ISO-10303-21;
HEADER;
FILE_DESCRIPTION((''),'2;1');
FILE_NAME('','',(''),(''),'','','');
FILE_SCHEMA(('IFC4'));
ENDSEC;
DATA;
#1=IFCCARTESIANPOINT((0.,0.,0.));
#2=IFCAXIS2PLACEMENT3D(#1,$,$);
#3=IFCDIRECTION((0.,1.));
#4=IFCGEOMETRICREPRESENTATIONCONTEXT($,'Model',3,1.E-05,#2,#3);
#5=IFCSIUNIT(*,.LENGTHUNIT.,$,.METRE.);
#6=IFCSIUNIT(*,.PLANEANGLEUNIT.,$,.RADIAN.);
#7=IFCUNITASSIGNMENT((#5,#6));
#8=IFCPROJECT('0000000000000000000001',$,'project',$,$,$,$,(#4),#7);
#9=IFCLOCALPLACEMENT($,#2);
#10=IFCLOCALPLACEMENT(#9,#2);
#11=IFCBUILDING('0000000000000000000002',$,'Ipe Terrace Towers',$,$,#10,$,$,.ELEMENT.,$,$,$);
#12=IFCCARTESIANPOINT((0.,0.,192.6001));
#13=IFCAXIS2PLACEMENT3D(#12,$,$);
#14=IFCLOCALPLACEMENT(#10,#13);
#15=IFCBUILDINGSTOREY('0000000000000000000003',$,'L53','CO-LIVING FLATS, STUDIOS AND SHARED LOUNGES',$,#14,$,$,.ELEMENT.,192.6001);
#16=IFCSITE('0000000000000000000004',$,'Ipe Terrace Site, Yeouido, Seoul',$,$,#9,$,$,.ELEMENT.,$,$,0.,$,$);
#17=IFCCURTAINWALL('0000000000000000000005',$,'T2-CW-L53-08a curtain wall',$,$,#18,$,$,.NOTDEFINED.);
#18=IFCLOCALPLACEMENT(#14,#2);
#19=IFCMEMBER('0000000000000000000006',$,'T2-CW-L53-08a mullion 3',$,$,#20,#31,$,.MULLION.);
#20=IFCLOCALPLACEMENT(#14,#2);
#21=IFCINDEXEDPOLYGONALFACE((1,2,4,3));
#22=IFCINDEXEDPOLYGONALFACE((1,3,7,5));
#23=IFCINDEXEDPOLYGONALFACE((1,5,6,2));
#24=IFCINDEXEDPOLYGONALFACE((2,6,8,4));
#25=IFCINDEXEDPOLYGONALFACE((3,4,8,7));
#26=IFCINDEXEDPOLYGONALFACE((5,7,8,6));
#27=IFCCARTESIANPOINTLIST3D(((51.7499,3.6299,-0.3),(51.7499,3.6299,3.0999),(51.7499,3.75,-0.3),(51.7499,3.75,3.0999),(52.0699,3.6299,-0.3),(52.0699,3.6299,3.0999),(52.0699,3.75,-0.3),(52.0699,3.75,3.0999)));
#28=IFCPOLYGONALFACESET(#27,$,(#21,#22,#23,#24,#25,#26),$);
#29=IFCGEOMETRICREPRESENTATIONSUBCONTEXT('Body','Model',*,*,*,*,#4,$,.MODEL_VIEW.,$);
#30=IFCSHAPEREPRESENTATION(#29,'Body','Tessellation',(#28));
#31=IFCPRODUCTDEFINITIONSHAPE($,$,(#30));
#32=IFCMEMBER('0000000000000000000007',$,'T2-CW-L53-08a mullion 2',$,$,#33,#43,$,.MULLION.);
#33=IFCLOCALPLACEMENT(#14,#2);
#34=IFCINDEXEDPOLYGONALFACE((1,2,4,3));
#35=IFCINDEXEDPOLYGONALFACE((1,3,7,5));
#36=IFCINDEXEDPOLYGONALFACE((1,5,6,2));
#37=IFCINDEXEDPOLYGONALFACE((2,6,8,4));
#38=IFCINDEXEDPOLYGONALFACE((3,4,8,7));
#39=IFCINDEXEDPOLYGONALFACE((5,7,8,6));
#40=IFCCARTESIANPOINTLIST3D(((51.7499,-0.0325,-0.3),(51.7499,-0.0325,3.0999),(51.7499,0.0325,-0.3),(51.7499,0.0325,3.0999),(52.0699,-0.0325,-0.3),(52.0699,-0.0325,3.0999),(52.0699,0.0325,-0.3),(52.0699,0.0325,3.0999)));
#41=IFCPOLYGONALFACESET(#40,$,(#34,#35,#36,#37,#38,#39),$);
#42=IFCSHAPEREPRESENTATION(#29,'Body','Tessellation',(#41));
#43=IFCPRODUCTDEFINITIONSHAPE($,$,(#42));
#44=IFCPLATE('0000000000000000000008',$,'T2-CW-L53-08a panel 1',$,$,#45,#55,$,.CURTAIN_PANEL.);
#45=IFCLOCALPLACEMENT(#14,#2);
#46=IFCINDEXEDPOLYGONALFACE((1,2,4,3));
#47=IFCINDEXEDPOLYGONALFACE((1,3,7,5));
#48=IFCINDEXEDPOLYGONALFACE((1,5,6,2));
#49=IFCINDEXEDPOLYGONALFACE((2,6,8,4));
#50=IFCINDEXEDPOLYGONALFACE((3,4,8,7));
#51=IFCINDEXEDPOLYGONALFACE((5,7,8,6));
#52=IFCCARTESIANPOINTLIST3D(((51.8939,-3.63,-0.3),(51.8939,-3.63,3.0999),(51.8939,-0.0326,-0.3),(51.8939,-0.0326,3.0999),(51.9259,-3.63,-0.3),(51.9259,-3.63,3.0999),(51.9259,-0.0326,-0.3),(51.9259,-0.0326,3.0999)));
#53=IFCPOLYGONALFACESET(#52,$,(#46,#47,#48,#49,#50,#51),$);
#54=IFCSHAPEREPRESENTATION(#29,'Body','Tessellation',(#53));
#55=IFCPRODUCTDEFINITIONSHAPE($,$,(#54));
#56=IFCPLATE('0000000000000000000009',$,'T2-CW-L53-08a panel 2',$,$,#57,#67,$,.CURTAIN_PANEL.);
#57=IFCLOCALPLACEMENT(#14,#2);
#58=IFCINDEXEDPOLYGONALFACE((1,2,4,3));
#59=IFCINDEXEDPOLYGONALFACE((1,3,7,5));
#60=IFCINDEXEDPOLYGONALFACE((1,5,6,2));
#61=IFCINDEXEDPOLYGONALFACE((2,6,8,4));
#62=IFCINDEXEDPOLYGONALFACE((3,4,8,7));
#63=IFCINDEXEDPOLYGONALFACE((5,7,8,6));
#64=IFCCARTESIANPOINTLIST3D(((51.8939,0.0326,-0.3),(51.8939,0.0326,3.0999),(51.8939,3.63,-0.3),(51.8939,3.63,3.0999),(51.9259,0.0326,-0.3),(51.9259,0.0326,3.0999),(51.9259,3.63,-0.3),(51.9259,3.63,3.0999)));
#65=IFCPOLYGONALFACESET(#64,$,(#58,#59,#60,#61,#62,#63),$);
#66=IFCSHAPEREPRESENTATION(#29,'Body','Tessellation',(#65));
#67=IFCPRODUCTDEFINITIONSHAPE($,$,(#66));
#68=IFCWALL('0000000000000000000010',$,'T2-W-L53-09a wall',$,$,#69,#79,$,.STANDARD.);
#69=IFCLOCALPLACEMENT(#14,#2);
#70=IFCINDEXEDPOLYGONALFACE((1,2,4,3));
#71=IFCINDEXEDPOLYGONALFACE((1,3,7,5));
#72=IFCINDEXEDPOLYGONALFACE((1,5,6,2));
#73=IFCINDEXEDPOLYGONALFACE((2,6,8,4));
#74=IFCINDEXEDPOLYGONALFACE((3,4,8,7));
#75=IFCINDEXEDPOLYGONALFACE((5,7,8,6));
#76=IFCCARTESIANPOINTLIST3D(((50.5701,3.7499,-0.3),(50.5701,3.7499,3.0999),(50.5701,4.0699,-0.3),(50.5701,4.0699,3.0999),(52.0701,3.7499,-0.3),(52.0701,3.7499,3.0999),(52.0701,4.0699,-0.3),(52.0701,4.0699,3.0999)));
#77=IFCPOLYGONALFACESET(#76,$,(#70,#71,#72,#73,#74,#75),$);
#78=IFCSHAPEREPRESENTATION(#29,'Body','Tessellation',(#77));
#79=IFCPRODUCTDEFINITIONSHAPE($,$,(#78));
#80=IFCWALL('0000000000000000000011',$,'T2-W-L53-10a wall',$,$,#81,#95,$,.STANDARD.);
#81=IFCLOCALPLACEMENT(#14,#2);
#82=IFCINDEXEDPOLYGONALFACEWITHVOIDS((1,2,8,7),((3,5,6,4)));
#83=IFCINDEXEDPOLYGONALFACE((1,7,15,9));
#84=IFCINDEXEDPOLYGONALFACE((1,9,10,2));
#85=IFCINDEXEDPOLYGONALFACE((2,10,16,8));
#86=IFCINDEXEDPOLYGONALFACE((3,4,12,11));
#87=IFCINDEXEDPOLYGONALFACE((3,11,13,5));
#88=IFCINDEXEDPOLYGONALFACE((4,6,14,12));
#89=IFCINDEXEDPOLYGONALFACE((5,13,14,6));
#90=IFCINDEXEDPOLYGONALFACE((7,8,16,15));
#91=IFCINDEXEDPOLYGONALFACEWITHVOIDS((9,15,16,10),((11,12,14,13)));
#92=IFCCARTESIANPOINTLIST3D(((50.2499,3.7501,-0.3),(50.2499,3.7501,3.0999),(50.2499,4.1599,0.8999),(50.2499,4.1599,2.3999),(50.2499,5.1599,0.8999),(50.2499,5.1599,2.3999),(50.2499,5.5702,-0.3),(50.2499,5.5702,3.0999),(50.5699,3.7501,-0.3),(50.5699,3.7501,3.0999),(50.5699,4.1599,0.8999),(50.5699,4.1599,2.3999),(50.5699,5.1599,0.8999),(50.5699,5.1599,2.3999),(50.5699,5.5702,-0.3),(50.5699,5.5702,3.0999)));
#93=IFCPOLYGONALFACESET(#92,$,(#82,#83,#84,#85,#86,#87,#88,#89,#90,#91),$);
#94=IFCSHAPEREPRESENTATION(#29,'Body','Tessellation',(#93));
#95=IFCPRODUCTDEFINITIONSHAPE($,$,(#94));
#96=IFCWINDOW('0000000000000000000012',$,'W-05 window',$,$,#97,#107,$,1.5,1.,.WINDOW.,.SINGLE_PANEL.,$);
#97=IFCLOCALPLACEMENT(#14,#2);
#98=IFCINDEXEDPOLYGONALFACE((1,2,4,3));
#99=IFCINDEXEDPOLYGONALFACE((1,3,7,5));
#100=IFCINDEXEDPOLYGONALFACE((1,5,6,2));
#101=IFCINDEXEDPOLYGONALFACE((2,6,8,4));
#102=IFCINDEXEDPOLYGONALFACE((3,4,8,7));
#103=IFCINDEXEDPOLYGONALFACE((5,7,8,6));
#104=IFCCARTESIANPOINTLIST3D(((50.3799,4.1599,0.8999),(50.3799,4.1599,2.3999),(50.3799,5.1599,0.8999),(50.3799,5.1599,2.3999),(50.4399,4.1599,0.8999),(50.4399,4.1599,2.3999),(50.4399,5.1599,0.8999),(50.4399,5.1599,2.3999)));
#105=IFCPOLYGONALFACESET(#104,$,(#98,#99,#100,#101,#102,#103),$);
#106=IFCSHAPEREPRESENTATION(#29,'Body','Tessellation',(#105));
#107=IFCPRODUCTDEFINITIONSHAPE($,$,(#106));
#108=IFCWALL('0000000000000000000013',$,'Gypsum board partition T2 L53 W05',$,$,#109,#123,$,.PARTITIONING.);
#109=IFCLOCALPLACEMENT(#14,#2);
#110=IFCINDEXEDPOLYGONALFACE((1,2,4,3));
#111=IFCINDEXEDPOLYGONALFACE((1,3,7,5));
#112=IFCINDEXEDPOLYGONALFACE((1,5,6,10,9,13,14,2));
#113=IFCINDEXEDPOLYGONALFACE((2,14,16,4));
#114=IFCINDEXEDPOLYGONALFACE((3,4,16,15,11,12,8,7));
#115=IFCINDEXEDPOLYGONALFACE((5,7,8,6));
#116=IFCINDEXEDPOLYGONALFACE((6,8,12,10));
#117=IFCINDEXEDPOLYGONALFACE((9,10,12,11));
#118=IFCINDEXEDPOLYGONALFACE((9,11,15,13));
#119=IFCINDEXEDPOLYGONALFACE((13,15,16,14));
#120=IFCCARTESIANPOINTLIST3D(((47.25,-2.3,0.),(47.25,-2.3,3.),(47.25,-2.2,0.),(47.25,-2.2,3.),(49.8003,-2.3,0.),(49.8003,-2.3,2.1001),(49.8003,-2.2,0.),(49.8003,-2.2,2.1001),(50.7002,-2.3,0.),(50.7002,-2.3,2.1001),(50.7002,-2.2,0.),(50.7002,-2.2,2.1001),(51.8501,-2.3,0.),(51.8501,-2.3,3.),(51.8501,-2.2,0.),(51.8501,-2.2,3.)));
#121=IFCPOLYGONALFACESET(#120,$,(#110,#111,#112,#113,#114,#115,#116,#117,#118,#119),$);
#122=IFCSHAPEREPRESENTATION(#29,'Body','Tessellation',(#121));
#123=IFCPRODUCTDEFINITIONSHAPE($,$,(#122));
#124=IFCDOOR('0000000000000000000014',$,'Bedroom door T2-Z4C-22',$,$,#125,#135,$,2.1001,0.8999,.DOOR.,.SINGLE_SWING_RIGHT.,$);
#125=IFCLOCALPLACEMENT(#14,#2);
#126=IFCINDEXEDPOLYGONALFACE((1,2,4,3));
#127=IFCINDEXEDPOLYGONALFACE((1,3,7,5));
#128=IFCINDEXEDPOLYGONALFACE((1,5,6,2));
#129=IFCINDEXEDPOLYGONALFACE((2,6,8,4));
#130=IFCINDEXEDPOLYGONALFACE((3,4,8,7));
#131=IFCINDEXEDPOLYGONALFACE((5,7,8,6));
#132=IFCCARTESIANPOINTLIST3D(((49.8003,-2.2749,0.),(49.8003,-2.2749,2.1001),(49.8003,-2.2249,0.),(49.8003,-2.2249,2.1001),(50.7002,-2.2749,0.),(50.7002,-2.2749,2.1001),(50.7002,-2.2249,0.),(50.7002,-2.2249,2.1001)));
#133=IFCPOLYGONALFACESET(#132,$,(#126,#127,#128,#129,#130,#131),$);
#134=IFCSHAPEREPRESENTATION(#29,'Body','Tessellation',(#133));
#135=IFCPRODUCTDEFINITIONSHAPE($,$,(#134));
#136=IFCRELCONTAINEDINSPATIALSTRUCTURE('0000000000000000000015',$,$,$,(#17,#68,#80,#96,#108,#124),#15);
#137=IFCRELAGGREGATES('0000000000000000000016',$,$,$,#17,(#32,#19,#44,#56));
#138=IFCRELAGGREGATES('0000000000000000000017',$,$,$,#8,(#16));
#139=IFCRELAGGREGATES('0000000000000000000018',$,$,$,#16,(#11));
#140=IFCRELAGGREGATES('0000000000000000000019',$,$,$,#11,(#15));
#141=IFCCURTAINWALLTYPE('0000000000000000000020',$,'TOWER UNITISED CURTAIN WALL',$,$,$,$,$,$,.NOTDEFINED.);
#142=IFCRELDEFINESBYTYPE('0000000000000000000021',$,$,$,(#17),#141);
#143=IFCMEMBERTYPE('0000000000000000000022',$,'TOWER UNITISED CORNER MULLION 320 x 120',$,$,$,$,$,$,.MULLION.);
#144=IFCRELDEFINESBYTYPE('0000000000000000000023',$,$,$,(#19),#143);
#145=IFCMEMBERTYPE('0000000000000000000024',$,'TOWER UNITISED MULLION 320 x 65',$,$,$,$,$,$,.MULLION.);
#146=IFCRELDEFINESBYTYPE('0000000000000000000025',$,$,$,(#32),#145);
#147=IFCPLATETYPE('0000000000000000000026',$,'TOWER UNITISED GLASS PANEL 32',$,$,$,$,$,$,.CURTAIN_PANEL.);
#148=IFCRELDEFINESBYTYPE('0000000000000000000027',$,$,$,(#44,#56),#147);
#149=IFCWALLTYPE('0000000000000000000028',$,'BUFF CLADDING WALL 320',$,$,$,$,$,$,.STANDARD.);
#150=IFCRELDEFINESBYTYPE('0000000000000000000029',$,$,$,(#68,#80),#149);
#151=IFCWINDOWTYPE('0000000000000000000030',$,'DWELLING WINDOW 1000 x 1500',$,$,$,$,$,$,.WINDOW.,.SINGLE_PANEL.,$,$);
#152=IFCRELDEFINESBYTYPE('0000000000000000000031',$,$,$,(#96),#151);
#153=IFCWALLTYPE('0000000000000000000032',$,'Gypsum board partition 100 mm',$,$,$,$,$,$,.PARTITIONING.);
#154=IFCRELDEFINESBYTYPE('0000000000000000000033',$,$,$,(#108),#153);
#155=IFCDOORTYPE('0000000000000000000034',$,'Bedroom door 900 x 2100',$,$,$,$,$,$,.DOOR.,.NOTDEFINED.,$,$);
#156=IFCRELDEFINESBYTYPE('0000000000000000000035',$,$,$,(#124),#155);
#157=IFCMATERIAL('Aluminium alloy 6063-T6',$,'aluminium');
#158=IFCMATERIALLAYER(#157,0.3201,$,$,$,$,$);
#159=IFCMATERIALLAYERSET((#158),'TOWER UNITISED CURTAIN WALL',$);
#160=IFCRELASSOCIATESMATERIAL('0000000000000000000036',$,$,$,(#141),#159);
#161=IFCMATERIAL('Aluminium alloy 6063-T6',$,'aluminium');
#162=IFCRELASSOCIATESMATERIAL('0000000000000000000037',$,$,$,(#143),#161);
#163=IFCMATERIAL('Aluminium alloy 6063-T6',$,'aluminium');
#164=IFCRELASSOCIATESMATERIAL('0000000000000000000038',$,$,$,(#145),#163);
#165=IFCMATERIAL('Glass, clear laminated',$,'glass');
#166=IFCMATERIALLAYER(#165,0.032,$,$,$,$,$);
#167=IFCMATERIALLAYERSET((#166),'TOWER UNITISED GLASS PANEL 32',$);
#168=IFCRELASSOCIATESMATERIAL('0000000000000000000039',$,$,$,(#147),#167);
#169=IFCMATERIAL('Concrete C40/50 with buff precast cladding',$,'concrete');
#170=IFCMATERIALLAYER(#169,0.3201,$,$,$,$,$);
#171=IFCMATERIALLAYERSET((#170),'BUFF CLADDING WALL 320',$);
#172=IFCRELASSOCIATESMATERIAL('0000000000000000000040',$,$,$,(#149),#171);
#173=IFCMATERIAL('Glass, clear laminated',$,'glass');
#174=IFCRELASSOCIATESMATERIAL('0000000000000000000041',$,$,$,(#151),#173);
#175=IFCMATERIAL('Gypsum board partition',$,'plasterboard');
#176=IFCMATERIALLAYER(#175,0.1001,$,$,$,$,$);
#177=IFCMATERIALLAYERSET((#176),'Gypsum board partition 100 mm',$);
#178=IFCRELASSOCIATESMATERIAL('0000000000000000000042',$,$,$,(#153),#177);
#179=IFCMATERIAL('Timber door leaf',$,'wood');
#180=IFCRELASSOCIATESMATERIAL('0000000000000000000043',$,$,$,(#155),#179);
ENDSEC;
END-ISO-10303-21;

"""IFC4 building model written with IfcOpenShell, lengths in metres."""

from ifc_helpers import new_model, si_unit, direction, frame, frame_2d, origin, origin_2d, place, context, subcontext, project, spatial, rectangle, extrude, material, layer, layer_set, material_profile, profile_set, type_object, element, fill, aggregate, save


model = new_model("IFC4")

# Units and contexts
model_context = context("Model", 3, precision=1e-05, world=origin(), true_north=direction((0.0, 1.0)))
body_context = subcontext(model_context, "Body", "Model", "MODEL_VIEW")
ifc_project = project(units=[si_unit("LENGTHUNIT", "METRE"), si_unit("PLANEANGLEUNIT", "RADIAN")], contexts=[model_context])

# Site, building, storey
site_placement = place(None, origin())
site = spatial("IfcSite", under=ifc_project, at=site_placement, Name="Ipe Terrace Site, Yeouido, Seoul", CompositionType="ELEMENT", RefElevation=0.0)
building_placement = place(site_placement, origin())
building = spatial("IfcBuilding", under=site, at=building_placement, Name="Ipe Terrace Towers", CompositionType="ELEMENT")
storey_placement = place(building_placement, frame((0.0, 0.0, 192.6001)))
storey = spatial("IfcBuildingStorey", under=building, at=storey_placement, Name="L53", Description="CO-LIVING FLATS, STUDIOS AND SHARED LOUNGES", CompositionType="ELEMENT", Elevation=192.6001)

# Curtain wall, members, plates
ifc_material_1 = material(Name="Aluminium alloy 6063-T6", Category="aluminium")
ifc_layer_1 = layer(ifc_material_1, 0.3201)
ifc_layer_set_1 = layer_set([ifc_layer_1], Name="TOWER UNITISED CURTAIN WALL")
curtain_wall_type = type_object("IfcCurtainWallType", Name="TOWER UNITISED CURTAIN WALL", PredefinedType="NOTDEFINED", material=ifc_layer_set_1)
curtain_wall_placement = place(storey_placement, origin())
curtain_wall = element("IfcCurtainWall", 1, at=curtain_wall_placement, inside=storey, type_object=curtain_wall_type, Name="T2-CW-L53-08a curtain wall", PredefinedType="NOTDEFINED")
ifc_material_2 = material(Name="Aluminium alloy 6063-T6", Category="aluminium")
ifc_material_profile_1 = material_profile(ifc_material_2, rectangle(XDim=0.3201, YDim=0.1201, at=origin_2d()), Name="TOWER UNITISED CORNER MULLION 320 x 120")
ifc_profile_set_1 = profile_set([ifc_material_profile_1], Name="Aluminium alloy 6063-T6")
member_type_1 = type_object("IfcMemberType", Name="TOWER UNITISED CORNER MULLION 320 x 120", PredefinedType="MULLION", material=ifc_profile_set_1)
member_1_placement = place(storey_placement, frame((51.9099, 3.6899, -0.3), z_axis=(0.0, 0.0, 1.0), x_axis=(1.0, 0.0, 0.0)))
member_1 = element("IfcMember", 2, at=member_1_placement, type_object=member_type_1, Name="T2-CW-L53-08a mullion 3", PredefinedType="MULLION", context=body_context, shape_type="SweptSolid", body=[
    extrude(rectangle(XDim=0.3201, YDim=0.1201, at=origin_2d()), origin(), (0.0, 0.0, 1.0), 3.3999),
])
ifc_material_3 = material(Name="Aluminium alloy 6063-T6", Category="aluminium")
ifc_material_profile_2 = material_profile(ifc_material_3, rectangle(XDim=0.3201, YDim=0.0649, at=origin_2d()), Name="TOWER UNITISED MULLION 320 x 65")
ifc_profile_set_2 = profile_set([ifc_material_profile_2], Name="Aluminium alloy 6063-T6")
member_type_2 = type_object("IfcMemberType", Name="TOWER UNITISED MULLION 320 x 65", PredefinedType="MULLION", material=ifc_profile_set_2)
member_2_placement = place(storey_placement, frame((51.9099, 0.0, -0.3), z_axis=(0.0, 0.0, 1.0), x_axis=(1.0, 0.0, 0.0)))
member_2 = element("IfcMember", 3, at=member_2_placement, type_object=member_type_2, Name="T2-CW-L53-08a mullion 2", PredefinedType="MULLION", context=body_context, shape_type="SweptSolid", body=[
    extrude(rectangle(XDim=0.3201, YDim=0.0649, at=origin_2d()), origin(), (0.0, 0.0, 1.0), 3.3999),
])
ifc_material_4 = material(Name="Glass, clear laminated", Category="glass")
ifc_layer_2 = layer(ifc_material_4, 0.032)
ifc_layer_set_2 = layer_set([ifc_layer_2], Name="TOWER UNITISED GLASS PANEL 32")
plate_type = type_object("IfcPlateType", Name="TOWER UNITISED GLASS PANEL 32", PredefinedType="CURTAIN_PANEL", material=ifc_layer_set_2)
plate_1_placement = place(storey_placement, frame((51.9099, -1.8313, -0.3), z_axis=(0.0, 0.0, 1.0), x_axis=(0.0, 1.0, 0.0)))
plate_1 = element("IfcPlate", 4, at=plate_1_placement, type_object=plate_type, Name="T2-CW-L53-08a panel 1", PredefinedType="CURTAIN_PANEL", context=body_context, shape_type="SweptSolid", body=[
    extrude(rectangle(XDim=3.5974, YDim=0.032, at=origin_2d()), origin(), (0.0, 0.0, 1.0), 3.3999),
])
plate_2_placement = place(storey_placement, frame((51.9099, 1.8313, -0.3), z_axis=(0.0, 0.0, 1.0), x_axis=(0.0, 1.0, 0.0)))
plate_2 = element("IfcPlate", 5, at=plate_2_placement, type_object=plate_type, Name="T2-CW-L53-08a panel 2", PredefinedType="CURTAIN_PANEL", context=body_context, shape_type="SweptSolid", body=[
    extrude(rectangle(XDim=3.5974, YDim=0.032, at=origin_2d()), origin(), (0.0, 0.0, 1.0), 3.3999),
])
aggregate(curtain_wall, [member_2, member_1, plate_1, plate_2])

# Wall
ifc_material_5 = material(Name="Concrete C40/50 with buff precast cladding", Category="concrete")
ifc_layer_3 = layer(ifc_material_5, 0.3201)
ifc_layer_set_3 = layer_set([ifc_layer_3], Name="BUFF CLADDING WALL 320")
wall_type_1 = type_object("IfcWallType", Name="BUFF CLADDING WALL 320", PredefinedType="STANDARD", material=ifc_layer_set_3)
wall_1_placement = place(storey_placement, frame((52.0701, 3.9099, -0.3), z_axis=(0.0, 0.0, 1.0), x_axis=(-1.0, 0.0, 0.0)))
element("IfcWall", 6, at=wall_1_placement, inside=storey, type_object=wall_type_1, Name="T2-W-L53-09a wall", PredefinedType="STANDARD", context=body_context, shape_type="SweptSolid", body=[
    extrude(rectangle(XDim=1.5, YDim=0.3201, at=frame_2d((0.75, 0.0))), origin(), (0.0, 0.0, 1.0), 3.3999),
])

# Wall, opening, window
wall_2_placement = place(storey_placement, frame((50.4099, 3.75, -0.3), z_axis=(0.0, 0.0, 1.0), x_axis=(0.0, 1.0, 0.0)))
wall_2 = element("IfcWall", 7, at=wall_2_placement, inside=storey, type_object=wall_type_1, Name="T2-W-L53-10a wall", PredefinedType="STANDARD", context=body_context, shape_type="SweptSolid", body=[
    extrude(rectangle(XDim=1.8201, YDim=0.3201, at=frame_2d((0.9102, 0.0))), origin(), (0.0, 0.0, 1.0), 3.3999),
])
opening_1_placement = place(wall_2_placement, frame((0.4099, 0.0, 1.2)))
opening_1 = element("IfcOpeningElement", 8, at=opening_1_placement, cuts=wall_2, PredefinedType="OPENING", context=body_context, shape_type="SweptSolid", body=[
    extrude(rectangle(XDim=1.0, YDim=1.5, at=frame_2d((0.5, 0.75))), frame((0.0, 0.1699, 0.0), z_axis=(0.0, -1.0, 0.0), x_axis=(1.0, 0.0, 0.0)), (0.0, 0.0, 1.0), 0.3401),
])
ifc_material_6 = material(Name="Glass, clear laminated", Category="glass")
window_type = type_object("IfcWindowType", Name="DWELLING WINDOW 1000 x 1500", PartitioningType="SINGLE_PANEL", PredefinedType="WINDOW", material=ifc_material_6)
window_placement = place(opening_1_placement, origin())
window = element("IfcWindow", 9, at=window_placement, inside=storey, type_object=window_type, Name="W-05 window", OverallHeight=1.5, OverallWidth=1.0, PartitioningType="SINGLE_PANEL", PredefinedType="WINDOW", context=body_context, shape_type="SweptSolid", body=[
    extrude(rectangle(XDim=1.0, YDim=1.5, at=frame_2d((0.5, 0.75))), frame((0.0, 0.03, 0.0), z_axis=(0.0, -1.0, 0.0), x_axis=(1.0, 0.0, 0.0)), (0.0, 0.0, 1.0), 0.0601),
])
fill(opening_1, window)

# Wall, opening, door
ifc_material_7 = material(Name="Gypsum board partition", Category="plasterboard")
ifc_layer_4 = layer(ifc_material_7, 0.1001)
ifc_layer_set_4 = layer_set([ifc_layer_4], Name="Gypsum board partition 100 mm")
wall_type_2 = type_object("IfcWallType", Name="Gypsum board partition 100 mm", PredefinedType="PARTITIONING", material=ifc_layer_set_4)
wall_3_placement = place(storey_placement, frame((51.8501, -2.25, 0.0), z_axis=(0.0, 0.0, 1.0), x_axis=(-1.0, 0.0, 0.0)))
wall_3 = element("IfcWall", 10, at=wall_3_placement, inside=storey, type_object=wall_type_2, Name="Gypsum board partition T2 L53 W05", PredefinedType="PARTITIONING", context=body_context, shape_type="SweptSolid", body=[
    extrude(rectangle(XDim=4.6001, YDim=0.1001, at=frame_2d((2.3, 0.0))), origin(), (0.0, 0.0, 1.0), 3.0),
])
opening_2_placement = place(wall_3_placement, frame((1.1499, 0.0, 0.0)))
opening_2 = element("IfcOpeningElement", 11, at=opening_2_placement, cuts=wall_3, PredefinedType="OPENING", context=body_context, shape_type="SweptSolid", body=[
    extrude(rectangle(XDim=0.8999, YDim=2.1001, at=frame_2d((0.45, 1.05))), frame((0.0, 0.0601, 0.0), z_axis=(0.0, -1.0, 0.0), x_axis=(1.0, 0.0, 0.0)), (0.0, 0.0, 1.0), 0.1201),
])
ifc_material_8 = material(Name="Timber door leaf", Category="wood")
door_type_1 = type_object("IfcDoorType", Name="Bedroom door 900 x 2100", OperationType="NOTDEFINED", PredefinedType="DOOR", material=ifc_material_8)
door_1_placement = place(opening_2_placement, origin())
door_1 = element("IfcDoor", 12, at=door_1_placement, inside=storey, type_object=door_type_1, Name="Bedroom door T2-Z4C-22", OperationType="SINGLE_SWING_RIGHT", OverallHeight=2.1001, OverallWidth=0.8999, PredefinedType="DOOR", context=body_context, shape_type="SweptSolid", body=[
    extrude(rectangle(XDim=0.8999, YDim=2.1001, at=frame_2d((0.45, 1.05))), frame((0.0, 0.0249, 0.0), z_axis=(0.0, -1.0, 0.0), x_axis=(1.0, 0.0, 0.0)), (0.0, 0.0, 1.0), 0.05),
])
fill(opening_2, door_1)

save(model, "model.ifc")
